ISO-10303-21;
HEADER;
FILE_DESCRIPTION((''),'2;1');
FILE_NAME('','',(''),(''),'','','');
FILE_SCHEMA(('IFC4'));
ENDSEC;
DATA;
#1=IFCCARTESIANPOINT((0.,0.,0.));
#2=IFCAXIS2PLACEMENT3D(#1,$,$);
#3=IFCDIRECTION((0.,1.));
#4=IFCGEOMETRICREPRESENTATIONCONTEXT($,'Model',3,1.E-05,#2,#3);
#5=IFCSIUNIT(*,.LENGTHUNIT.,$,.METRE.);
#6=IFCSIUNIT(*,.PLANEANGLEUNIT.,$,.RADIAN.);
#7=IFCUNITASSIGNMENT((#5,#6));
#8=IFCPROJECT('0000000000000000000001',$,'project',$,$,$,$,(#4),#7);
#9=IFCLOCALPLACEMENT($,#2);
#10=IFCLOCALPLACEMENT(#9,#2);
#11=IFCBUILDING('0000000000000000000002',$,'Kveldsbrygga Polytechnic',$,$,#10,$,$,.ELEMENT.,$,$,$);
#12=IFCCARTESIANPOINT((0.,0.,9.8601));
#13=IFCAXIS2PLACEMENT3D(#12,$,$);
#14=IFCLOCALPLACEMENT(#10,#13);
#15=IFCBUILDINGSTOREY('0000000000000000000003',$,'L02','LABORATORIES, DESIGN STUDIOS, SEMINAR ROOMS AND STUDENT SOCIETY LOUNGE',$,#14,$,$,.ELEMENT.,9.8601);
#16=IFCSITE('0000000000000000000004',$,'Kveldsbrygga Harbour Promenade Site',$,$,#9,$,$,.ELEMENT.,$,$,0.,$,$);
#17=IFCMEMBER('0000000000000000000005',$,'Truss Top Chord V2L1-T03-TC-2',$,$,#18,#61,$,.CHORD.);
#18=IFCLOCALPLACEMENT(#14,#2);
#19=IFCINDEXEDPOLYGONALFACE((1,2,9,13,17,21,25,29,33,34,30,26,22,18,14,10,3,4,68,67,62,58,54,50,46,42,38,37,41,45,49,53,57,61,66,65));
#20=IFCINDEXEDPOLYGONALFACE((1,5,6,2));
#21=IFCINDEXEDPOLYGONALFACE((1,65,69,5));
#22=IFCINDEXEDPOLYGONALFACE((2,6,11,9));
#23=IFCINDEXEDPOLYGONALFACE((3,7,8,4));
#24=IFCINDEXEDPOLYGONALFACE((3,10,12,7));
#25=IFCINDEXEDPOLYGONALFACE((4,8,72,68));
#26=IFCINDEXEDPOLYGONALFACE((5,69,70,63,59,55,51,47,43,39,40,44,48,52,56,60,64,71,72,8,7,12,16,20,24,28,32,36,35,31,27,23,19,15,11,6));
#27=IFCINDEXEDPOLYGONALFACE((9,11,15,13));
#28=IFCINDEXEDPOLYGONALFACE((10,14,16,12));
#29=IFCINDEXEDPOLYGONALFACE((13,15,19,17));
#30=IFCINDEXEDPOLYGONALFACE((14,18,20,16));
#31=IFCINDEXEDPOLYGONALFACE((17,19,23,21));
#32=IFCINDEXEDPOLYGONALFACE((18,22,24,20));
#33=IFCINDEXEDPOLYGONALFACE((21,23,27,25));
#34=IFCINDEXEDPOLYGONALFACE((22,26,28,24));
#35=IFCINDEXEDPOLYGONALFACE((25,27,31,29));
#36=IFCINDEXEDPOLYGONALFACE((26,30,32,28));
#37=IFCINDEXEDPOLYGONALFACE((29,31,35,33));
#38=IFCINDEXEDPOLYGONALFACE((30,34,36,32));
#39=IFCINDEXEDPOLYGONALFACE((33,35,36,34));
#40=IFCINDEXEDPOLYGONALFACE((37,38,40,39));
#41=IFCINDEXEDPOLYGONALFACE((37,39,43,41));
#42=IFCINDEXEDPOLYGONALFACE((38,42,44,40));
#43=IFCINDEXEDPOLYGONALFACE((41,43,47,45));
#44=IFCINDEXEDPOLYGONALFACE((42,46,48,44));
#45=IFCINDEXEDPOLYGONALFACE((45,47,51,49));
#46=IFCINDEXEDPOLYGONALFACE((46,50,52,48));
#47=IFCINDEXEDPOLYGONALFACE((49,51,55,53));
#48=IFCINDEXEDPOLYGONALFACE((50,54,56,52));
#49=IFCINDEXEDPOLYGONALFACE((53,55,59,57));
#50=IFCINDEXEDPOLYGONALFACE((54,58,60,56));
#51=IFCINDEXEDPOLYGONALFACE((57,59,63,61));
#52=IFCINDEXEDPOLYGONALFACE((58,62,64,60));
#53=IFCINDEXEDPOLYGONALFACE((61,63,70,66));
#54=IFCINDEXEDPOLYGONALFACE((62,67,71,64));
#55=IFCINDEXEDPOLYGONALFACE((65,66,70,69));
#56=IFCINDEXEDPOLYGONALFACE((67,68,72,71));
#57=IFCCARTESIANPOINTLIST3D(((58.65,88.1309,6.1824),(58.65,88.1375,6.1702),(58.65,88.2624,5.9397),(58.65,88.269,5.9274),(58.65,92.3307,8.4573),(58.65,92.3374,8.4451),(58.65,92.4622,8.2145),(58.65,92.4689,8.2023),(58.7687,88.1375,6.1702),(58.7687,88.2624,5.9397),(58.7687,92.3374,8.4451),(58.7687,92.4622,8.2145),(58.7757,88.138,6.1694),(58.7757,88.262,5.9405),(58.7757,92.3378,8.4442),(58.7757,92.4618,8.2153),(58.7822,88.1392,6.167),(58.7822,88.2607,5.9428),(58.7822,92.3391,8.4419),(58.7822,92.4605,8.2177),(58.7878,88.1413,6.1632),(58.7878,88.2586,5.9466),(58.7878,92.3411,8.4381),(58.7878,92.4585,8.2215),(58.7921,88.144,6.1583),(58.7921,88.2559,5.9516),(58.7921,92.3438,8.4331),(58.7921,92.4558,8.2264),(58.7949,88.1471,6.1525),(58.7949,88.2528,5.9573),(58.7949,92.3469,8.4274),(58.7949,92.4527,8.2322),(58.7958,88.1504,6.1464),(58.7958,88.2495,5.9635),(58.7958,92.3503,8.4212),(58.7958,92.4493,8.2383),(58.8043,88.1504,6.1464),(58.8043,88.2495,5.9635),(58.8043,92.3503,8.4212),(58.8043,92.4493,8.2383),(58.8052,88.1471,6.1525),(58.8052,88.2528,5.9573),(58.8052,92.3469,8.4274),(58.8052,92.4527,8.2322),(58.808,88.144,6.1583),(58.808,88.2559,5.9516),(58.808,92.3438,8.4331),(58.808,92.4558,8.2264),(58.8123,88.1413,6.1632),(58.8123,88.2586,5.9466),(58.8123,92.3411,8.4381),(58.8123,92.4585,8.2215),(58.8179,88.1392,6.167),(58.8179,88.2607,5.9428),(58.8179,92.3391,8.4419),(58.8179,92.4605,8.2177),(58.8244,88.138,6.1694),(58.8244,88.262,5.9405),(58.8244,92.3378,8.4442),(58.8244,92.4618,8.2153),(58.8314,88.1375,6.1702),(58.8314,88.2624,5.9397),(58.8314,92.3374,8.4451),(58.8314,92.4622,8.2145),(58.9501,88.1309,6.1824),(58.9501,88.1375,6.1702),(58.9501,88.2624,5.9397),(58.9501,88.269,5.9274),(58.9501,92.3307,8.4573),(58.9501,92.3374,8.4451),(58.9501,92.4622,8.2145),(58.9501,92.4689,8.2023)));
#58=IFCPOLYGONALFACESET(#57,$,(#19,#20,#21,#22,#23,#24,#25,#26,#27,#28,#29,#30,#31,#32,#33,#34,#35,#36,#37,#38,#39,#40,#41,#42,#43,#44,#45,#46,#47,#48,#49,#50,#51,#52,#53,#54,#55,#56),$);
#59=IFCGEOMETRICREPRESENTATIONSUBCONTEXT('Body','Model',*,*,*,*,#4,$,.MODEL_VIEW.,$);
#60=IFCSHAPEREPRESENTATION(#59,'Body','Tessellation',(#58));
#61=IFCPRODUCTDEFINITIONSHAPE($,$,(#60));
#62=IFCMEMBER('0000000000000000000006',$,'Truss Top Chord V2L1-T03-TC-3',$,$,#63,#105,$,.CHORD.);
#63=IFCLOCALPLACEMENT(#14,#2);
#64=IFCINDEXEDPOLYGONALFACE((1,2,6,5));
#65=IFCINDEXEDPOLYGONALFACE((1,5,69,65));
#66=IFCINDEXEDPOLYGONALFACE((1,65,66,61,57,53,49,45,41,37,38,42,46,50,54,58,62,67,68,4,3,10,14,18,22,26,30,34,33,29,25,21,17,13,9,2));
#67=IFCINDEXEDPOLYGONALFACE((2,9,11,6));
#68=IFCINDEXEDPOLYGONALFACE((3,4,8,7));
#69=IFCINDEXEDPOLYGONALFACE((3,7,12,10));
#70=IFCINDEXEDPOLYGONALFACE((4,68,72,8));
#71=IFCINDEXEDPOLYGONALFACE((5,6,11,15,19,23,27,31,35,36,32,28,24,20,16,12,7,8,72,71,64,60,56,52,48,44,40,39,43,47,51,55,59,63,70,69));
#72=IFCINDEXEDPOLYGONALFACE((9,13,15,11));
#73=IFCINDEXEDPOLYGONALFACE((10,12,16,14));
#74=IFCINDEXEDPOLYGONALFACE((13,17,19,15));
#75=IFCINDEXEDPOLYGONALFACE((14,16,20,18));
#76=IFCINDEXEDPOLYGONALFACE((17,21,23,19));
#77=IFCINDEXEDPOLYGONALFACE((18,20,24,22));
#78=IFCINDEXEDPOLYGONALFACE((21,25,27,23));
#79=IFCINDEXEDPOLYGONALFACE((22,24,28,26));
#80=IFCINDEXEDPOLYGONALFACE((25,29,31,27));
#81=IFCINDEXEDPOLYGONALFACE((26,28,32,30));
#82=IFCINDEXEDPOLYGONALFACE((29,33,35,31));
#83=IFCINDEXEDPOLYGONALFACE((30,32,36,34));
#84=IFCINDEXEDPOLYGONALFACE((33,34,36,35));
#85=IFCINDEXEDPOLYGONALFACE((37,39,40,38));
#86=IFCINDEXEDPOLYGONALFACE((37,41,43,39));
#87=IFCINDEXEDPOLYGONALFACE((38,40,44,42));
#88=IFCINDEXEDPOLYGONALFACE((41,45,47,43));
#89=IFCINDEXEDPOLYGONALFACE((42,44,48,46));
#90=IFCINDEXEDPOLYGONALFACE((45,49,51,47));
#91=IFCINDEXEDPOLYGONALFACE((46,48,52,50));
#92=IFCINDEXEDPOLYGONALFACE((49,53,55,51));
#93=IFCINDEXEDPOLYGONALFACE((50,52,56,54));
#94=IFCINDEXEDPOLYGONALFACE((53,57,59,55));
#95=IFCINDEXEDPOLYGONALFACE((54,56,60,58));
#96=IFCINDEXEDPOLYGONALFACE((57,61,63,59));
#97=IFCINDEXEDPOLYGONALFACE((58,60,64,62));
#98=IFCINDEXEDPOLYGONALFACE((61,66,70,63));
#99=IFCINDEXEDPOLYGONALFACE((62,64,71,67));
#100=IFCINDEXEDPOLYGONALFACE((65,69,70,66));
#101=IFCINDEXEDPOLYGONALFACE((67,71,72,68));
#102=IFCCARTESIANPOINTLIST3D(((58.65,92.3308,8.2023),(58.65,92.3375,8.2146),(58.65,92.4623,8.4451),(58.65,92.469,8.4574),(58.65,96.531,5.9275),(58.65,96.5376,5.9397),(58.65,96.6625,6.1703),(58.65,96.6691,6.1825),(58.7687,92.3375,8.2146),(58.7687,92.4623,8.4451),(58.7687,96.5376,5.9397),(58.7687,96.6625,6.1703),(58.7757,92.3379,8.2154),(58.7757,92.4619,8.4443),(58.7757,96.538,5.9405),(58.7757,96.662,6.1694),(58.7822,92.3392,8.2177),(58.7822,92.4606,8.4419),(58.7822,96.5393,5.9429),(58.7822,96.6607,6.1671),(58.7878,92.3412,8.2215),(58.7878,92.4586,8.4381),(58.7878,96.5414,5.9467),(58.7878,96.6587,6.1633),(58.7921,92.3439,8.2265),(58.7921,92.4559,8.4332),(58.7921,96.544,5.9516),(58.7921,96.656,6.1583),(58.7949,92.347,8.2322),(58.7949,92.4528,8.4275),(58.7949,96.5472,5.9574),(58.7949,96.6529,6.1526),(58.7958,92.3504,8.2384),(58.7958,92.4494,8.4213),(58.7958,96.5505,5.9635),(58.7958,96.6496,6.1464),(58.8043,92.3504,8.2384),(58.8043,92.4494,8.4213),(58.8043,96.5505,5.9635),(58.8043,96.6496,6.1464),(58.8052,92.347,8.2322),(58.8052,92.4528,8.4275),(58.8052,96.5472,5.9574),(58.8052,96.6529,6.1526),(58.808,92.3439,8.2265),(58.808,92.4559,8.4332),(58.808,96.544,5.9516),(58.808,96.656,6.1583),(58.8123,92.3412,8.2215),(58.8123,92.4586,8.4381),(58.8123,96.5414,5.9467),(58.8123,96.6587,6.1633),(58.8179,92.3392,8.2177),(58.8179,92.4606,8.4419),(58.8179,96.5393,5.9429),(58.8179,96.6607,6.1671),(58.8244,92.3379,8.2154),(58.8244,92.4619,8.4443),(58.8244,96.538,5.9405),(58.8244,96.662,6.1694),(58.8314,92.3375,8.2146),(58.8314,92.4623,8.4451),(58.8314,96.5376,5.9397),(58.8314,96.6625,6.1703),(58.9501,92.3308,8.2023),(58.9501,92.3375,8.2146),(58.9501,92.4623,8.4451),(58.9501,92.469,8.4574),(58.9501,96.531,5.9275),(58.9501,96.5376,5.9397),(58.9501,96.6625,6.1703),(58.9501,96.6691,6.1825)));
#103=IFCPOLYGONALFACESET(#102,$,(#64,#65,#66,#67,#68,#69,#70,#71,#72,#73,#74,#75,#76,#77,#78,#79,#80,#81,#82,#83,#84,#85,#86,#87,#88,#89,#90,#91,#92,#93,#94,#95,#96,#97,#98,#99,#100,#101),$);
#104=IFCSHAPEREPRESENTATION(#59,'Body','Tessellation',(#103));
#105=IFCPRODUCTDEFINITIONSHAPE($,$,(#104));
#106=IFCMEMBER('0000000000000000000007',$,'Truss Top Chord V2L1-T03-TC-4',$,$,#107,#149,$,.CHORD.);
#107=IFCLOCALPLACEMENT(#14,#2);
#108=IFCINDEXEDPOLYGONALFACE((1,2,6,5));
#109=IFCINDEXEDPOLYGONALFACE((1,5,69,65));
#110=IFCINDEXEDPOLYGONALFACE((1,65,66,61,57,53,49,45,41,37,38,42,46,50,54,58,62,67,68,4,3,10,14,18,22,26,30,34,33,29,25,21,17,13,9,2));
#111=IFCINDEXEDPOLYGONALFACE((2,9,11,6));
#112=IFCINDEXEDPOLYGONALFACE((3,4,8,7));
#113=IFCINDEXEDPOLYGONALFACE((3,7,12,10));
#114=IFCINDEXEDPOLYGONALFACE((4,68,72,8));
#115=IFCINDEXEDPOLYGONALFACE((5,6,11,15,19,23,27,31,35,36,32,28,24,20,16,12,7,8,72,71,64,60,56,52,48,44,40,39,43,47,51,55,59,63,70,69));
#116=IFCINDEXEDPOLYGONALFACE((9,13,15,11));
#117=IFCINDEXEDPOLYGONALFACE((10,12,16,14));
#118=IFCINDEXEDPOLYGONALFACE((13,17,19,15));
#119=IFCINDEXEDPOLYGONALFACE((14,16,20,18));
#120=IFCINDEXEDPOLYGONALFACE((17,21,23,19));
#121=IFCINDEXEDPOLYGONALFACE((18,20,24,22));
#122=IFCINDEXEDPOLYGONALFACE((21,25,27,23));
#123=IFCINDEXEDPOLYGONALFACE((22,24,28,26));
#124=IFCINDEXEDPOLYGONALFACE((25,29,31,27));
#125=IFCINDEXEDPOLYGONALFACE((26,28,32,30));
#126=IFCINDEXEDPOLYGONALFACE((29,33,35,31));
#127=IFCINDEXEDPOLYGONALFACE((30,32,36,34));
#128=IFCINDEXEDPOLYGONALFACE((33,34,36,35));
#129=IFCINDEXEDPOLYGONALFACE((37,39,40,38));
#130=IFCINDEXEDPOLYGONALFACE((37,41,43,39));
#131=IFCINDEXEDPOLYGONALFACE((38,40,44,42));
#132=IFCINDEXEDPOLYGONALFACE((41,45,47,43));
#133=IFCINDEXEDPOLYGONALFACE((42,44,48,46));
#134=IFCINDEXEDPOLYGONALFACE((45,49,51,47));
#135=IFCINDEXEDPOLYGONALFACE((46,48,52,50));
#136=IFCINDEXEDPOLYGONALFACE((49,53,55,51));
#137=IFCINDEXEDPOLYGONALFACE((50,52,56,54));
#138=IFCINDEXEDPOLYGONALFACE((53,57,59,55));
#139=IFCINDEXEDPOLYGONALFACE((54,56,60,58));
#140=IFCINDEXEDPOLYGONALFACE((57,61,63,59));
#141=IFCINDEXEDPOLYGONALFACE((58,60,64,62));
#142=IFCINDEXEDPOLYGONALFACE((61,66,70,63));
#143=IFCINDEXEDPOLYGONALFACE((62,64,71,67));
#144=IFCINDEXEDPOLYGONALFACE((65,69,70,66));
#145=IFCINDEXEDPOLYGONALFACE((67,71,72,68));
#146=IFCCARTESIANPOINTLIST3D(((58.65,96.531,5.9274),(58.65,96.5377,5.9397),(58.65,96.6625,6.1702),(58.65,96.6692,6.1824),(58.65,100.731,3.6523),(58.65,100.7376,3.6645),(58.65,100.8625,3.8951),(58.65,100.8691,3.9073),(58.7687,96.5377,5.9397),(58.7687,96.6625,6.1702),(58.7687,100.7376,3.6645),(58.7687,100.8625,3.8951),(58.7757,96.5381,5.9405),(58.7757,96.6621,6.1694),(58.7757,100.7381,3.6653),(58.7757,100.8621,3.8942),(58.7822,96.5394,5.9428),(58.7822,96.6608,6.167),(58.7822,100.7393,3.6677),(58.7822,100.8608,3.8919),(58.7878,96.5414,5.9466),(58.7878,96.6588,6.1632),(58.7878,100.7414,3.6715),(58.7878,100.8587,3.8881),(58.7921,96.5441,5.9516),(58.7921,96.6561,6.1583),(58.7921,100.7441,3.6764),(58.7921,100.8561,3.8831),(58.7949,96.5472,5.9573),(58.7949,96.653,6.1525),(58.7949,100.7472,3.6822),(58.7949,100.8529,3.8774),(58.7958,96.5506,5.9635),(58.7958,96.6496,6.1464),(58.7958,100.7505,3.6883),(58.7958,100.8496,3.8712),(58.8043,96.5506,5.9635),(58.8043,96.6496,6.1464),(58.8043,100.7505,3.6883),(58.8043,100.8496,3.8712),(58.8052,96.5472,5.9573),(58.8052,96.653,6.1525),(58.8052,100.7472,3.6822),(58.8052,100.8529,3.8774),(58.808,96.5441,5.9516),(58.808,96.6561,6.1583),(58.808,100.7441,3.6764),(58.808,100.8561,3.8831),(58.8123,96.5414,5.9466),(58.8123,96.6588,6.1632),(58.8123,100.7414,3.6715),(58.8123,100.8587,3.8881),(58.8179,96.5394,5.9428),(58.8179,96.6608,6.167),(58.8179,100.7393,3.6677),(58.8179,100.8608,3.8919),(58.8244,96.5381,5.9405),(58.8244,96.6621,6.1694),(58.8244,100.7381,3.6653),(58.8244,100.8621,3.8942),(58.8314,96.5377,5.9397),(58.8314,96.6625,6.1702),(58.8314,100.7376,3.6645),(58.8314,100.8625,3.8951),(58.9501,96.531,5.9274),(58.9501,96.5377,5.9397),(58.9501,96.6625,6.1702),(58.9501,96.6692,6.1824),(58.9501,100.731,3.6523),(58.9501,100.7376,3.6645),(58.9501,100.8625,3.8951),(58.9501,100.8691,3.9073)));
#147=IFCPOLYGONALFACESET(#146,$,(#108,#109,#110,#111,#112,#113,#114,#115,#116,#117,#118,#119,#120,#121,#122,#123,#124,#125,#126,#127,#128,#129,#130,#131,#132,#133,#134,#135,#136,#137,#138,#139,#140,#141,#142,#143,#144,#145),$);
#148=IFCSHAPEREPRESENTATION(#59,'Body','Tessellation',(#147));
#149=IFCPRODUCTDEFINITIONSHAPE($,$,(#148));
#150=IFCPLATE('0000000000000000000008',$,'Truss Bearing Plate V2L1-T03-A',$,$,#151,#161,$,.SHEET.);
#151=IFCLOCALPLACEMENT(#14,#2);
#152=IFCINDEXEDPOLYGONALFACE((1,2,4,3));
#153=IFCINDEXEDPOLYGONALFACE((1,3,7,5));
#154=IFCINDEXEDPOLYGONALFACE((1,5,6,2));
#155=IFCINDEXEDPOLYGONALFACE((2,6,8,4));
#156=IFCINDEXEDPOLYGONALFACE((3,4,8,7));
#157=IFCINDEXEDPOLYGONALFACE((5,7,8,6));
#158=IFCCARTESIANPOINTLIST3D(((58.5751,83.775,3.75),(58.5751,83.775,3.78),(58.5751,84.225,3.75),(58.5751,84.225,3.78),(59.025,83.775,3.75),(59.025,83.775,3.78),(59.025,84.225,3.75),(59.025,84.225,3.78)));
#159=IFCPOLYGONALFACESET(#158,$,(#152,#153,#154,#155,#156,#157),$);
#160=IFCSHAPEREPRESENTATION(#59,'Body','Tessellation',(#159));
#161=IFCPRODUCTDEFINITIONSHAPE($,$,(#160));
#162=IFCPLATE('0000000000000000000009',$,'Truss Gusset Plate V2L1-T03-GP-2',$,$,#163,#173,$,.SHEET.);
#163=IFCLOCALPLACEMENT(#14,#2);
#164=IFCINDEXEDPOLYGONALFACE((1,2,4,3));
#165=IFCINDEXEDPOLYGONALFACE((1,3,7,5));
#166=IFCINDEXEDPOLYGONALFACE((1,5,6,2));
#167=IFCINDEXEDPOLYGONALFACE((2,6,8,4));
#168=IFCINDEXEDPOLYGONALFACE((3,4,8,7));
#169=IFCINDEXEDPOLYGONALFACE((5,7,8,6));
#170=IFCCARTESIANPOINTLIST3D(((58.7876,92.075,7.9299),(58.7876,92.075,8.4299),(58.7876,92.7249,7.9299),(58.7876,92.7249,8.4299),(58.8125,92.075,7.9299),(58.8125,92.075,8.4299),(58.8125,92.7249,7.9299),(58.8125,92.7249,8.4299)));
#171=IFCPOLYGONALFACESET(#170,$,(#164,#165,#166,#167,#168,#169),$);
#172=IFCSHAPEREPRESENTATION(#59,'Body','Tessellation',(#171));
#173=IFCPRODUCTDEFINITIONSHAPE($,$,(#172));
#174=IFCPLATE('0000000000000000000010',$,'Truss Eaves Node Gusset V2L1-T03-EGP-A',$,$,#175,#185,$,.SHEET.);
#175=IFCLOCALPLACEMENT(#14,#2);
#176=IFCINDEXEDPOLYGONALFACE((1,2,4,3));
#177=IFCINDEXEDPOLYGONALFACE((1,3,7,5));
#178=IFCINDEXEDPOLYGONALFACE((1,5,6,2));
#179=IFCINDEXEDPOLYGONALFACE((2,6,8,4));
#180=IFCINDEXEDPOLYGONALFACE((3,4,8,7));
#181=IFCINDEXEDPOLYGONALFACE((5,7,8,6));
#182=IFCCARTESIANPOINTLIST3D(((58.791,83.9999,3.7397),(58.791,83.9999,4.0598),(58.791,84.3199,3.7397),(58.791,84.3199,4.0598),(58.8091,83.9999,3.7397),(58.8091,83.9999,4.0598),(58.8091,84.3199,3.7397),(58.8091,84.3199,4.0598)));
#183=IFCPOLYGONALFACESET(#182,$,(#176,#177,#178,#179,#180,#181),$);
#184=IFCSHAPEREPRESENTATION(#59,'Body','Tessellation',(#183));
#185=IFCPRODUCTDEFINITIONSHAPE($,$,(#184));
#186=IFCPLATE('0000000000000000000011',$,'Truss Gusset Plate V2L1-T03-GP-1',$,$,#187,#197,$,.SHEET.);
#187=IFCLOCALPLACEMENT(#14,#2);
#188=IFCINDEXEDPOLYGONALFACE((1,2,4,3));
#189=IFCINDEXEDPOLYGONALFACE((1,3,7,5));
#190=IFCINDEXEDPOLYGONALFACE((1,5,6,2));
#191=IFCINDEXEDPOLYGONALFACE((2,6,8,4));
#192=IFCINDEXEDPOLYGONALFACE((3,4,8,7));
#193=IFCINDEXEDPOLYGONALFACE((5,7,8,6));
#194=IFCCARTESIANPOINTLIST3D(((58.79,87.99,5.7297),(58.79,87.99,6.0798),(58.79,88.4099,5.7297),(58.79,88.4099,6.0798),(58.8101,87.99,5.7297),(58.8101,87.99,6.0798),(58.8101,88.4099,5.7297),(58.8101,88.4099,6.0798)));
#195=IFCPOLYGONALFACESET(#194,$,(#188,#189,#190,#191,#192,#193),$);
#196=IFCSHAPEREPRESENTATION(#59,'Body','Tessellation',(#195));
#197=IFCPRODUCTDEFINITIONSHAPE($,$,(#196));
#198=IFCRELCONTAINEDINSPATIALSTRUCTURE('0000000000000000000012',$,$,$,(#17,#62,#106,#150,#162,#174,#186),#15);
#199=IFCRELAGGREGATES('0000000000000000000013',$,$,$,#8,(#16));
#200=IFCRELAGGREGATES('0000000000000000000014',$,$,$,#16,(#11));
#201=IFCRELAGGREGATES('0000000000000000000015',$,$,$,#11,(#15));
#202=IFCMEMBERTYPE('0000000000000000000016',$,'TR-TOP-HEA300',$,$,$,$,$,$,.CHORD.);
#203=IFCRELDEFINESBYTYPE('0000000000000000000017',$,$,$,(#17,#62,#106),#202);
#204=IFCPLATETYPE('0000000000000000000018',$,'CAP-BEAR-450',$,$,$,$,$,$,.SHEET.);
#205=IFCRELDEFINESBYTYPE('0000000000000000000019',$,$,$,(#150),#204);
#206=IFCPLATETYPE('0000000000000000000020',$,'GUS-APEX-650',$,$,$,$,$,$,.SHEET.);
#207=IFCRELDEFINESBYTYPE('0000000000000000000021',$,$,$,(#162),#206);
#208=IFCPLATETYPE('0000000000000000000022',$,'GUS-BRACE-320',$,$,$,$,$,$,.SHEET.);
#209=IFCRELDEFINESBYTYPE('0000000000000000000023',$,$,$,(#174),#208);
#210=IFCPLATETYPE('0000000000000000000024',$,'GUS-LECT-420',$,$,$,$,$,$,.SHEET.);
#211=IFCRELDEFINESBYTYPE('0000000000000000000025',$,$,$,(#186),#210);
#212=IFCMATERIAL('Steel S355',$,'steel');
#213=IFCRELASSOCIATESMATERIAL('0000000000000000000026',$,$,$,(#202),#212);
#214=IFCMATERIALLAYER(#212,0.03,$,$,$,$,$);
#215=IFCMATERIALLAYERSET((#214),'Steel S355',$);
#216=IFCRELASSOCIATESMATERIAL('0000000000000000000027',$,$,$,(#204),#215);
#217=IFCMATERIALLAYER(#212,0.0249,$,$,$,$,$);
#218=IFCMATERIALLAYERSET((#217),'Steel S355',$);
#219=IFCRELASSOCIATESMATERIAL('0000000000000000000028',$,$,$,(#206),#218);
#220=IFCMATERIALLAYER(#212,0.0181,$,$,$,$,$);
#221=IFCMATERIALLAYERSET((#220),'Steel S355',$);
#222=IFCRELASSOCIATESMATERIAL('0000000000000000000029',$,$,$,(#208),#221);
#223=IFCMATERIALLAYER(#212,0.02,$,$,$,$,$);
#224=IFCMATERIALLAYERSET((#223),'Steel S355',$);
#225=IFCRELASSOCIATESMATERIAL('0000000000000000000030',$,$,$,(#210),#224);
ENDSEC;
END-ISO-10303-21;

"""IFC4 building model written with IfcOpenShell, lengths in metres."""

from ifc_helpers import new_model, si_unit, direction, frame, origin, origin_2d, place, context, subcontext, project, spatial, rectangle, i_section, extrude, material, layer, layer_set, material_profile, profile_set, type_object, element, save


model = new_model("IFC4")

# Units and contexts
model_context = context("Model", 3, precision=1e-05, world=origin(), true_north=direction((0.0, 1.0)))
body_context = subcontext(model_context, "Body", "Model", "MODEL_VIEW")
ifc_project = project(units=[si_unit("LENGTHUNIT", "METRE"), si_unit("PLANEANGLEUNIT", "RADIAN")], contexts=[model_context])

# Site, building, storey
site_placement = place(None, origin())
site = spatial("IfcSite", under=ifc_project, at=site_placement, Name="Kveldsbrygga Harbour Promenade Site", CompositionType="ELEMENT", RefElevation=0.0)
building_placement = place(site_placement, origin())
building = spatial("IfcBuilding", under=site, at=building_placement, Name="Kveldsbrygga Polytechnic", CompositionType="ELEMENT")
storey_placement = place(building_placement, frame((0.0, 0.0, 9.8601)))
storey = spatial("IfcBuildingStorey", under=building, at=storey_placement, Name="L02", Description="LABORATORIES, DESIGN STUDIOS, SEMINAR ROOMS AND STUDENT SOCIETY LOUNGE", CompositionType="ELEMENT", Elevation=9.8601)

# Members
ifc_material_1 = material(Name="Steel S355", Category="steel")
ifc_material_profile_1 = material_profile(ifc_material_1, i_section(OverallWidth=0.3, OverallDepth=0.29, WebThickness=0.0085, FlangeThickness=0.0139, FilletRadius=0.0271, at=origin_2d()), Name="HEA 300")
ifc_profile_set_1 = profile_set([ifc_material_profile_1], Name="Steel S355")
member_type_1 = type_object("IfcMemberType", Name="TR-TOP-HEA300", PredefinedType="CHORD", material=ifc_profile_set_1)
member_1_placement = place(storey_placement, frame((58.8, 88.2, 6.0549), z_axis=(0.0, 0.879298, 0.476272), x_axis=(-1.0, 0.0, 0.0)))
element("IfcMember", 1, at=member_1_placement, inside=storey, type_object=member_type_1, Name="Truss Top Chord V2L1-T03-TC-2", PredefinedType="CHORD", context=body_context, shape_type="SweptSolid", body=[
    extrude(i_section(OverallWidth=0.3, OverallDepth=0.29, WebThickness=0.0085, FlangeThickness=0.0139, FilletRadius=0.0271, at=origin_2d()), origin(), (0.0, 0.0, 1.0), 4.7764),
])
for number, where, z_axis, x_axis, name in (
    (2, (58.8, 92.3999, 8.3298), (0.0, 0.87931, -0.47625), (-1.0, 0.0, 0.0), "Truss Top Chord V2L1-T03-TC-3"),
    (3, (58.8, 96.6001, 6.0549), (0.0, 0.879277, -0.476311), (-1.0, 0.0, 0.0), "Truss Top Chord V2L1-T03-TC-4"),
):
    element("IfcMember", number, at=place(storey_placement, frame(where, z_axis=z_axis, x_axis=x_axis)), inside=storey, type_object=member_type_1, Name=name, PredefinedType="CHORD", context=body_context, shape_type="SweptSolid", body=[
        extrude(i_section(OverallWidth=0.3, OverallDepth=0.29, WebThickness=0.0085, FlangeThickness=0.0139, FilletRadius=0.0271, at=origin_2d()), origin(), (0.0, 0.0, 1.0), 4.7766),
    ])

# Plates
ifc_layer_1 = layer(ifc_material_1, 0.03)
ifc_layer_set_1 = layer_set([ifc_layer_1], Name="Steel S355")
plate_type_1 = type_object("IfcPlateType", Name="CAP-BEAR-450", PredefinedType="SHEET", material=ifc_layer_set_1)
plate_1_placement = place(storey_placement, frame((58.8, 84.0, 3.75), z_axis=(0.0, 0.0, 1.0), x_axis=(1.0, 0.0, 0.0)))
element("IfcPlate", 4, at=plate_1_placement, inside=storey, type_object=plate_type_1, Name="Truss Bearing Plate V2L1-T03-A", PredefinedType="SHEET", context=body_context, shape_type="SweptSolid", body=[
    extrude(rectangle(XDim=0.45, YDim=0.45, at=origin_2d()), origin(), (0.0, 0.0, 1.0), 0.03),
])
ifc_layer_2 = layer(ifc_material_1, 0.0249)
ifc_layer_set_2 = layer_set([ifc_layer_2], Name="Steel S355")
plate_type_2 = type_object("IfcPlateType", Name="GUS-APEX-650", PredefinedType="SHEET", material=ifc_layer_set_2)
plate_2_placement = place(storey_placement, frame((58.8, 92.3999, 7.9299), z_axis=(0.0, 0.0, 1.0), x_axis=(1.0, 0.0, 0.0)))
element("IfcPlate", 5, at=plate_2_placement, inside=storey, type_object=plate_type_2, Name="Truss Gusset Plate V2L1-T03-GP-2", PredefinedType="SHEET", context=body_context, shape_type="SweptSolid", body=[
    extrude(rectangle(XDim=0.0249, YDim=0.6499, at=origin_2d()), origin(), (0.0, 0.0, 1.0), 0.5),
])
ifc_layer_3 = layer(ifc_material_1, 0.0181)
ifc_layer_set_3 = layer_set([ifc_layer_3], Name="Steel S355")
plate_type_3 = type_object("IfcPlateType", Name="GUS-BRACE-320", PredefinedType="SHEET", material=ifc_layer_set_3)
plate_3_placement = place(storey_placement, frame((58.8, 84.1599, 3.7397), z_axis=(0.0, 0.0, 1.0), x_axis=(1.0, 0.0, 0.0)))
element("IfcPlate", 6, at=plate_3_placement, inside=storey, type_object=plate_type_3, Name="Truss Eaves Node Gusset V2L1-T03-EGP-A", PredefinedType="SHEET", context=body_context, shape_type="SweptSolid", body=[
    extrude(rectangle(XDim=0.0181, YDim=0.3201, at=origin_2d()), origin(), (0.0, 0.0, 1.0), 0.3201),
])
ifc_layer_4 = layer(ifc_material_1, 0.02)
ifc_layer_set_4 = layer_set([ifc_layer_4], Name="Steel S355")
plate_type_4 = type_object("IfcPlateType", Name="GUS-LECT-420", PredefinedType="SHEET", material=ifc_layer_set_4)
for number, where, z_axis, x_axis, name in (
    (7, (58.8, 88.2, 5.7297), (0.0, 0.0, 1.0), (1.0, 0.0, 0.0), "Truss Gusset Plate V2L1-T03-GP-1"),
):
    element("IfcPlate", number, at=place(storey_placement, frame(where, z_axis=z_axis, x_axis=x_axis)), inside=storey, type_object=plate_type_4, Name=name, PredefinedType="SHEET", context=body_context, shape_type="SweptSolid", body=[
        extrude(rectangle(XDim=0.02, YDim=0.4199, at=origin_2d()), origin(), (0.0, 0.0, 1.0), 0.3501),
    ])

save(model, "model.ifc")
